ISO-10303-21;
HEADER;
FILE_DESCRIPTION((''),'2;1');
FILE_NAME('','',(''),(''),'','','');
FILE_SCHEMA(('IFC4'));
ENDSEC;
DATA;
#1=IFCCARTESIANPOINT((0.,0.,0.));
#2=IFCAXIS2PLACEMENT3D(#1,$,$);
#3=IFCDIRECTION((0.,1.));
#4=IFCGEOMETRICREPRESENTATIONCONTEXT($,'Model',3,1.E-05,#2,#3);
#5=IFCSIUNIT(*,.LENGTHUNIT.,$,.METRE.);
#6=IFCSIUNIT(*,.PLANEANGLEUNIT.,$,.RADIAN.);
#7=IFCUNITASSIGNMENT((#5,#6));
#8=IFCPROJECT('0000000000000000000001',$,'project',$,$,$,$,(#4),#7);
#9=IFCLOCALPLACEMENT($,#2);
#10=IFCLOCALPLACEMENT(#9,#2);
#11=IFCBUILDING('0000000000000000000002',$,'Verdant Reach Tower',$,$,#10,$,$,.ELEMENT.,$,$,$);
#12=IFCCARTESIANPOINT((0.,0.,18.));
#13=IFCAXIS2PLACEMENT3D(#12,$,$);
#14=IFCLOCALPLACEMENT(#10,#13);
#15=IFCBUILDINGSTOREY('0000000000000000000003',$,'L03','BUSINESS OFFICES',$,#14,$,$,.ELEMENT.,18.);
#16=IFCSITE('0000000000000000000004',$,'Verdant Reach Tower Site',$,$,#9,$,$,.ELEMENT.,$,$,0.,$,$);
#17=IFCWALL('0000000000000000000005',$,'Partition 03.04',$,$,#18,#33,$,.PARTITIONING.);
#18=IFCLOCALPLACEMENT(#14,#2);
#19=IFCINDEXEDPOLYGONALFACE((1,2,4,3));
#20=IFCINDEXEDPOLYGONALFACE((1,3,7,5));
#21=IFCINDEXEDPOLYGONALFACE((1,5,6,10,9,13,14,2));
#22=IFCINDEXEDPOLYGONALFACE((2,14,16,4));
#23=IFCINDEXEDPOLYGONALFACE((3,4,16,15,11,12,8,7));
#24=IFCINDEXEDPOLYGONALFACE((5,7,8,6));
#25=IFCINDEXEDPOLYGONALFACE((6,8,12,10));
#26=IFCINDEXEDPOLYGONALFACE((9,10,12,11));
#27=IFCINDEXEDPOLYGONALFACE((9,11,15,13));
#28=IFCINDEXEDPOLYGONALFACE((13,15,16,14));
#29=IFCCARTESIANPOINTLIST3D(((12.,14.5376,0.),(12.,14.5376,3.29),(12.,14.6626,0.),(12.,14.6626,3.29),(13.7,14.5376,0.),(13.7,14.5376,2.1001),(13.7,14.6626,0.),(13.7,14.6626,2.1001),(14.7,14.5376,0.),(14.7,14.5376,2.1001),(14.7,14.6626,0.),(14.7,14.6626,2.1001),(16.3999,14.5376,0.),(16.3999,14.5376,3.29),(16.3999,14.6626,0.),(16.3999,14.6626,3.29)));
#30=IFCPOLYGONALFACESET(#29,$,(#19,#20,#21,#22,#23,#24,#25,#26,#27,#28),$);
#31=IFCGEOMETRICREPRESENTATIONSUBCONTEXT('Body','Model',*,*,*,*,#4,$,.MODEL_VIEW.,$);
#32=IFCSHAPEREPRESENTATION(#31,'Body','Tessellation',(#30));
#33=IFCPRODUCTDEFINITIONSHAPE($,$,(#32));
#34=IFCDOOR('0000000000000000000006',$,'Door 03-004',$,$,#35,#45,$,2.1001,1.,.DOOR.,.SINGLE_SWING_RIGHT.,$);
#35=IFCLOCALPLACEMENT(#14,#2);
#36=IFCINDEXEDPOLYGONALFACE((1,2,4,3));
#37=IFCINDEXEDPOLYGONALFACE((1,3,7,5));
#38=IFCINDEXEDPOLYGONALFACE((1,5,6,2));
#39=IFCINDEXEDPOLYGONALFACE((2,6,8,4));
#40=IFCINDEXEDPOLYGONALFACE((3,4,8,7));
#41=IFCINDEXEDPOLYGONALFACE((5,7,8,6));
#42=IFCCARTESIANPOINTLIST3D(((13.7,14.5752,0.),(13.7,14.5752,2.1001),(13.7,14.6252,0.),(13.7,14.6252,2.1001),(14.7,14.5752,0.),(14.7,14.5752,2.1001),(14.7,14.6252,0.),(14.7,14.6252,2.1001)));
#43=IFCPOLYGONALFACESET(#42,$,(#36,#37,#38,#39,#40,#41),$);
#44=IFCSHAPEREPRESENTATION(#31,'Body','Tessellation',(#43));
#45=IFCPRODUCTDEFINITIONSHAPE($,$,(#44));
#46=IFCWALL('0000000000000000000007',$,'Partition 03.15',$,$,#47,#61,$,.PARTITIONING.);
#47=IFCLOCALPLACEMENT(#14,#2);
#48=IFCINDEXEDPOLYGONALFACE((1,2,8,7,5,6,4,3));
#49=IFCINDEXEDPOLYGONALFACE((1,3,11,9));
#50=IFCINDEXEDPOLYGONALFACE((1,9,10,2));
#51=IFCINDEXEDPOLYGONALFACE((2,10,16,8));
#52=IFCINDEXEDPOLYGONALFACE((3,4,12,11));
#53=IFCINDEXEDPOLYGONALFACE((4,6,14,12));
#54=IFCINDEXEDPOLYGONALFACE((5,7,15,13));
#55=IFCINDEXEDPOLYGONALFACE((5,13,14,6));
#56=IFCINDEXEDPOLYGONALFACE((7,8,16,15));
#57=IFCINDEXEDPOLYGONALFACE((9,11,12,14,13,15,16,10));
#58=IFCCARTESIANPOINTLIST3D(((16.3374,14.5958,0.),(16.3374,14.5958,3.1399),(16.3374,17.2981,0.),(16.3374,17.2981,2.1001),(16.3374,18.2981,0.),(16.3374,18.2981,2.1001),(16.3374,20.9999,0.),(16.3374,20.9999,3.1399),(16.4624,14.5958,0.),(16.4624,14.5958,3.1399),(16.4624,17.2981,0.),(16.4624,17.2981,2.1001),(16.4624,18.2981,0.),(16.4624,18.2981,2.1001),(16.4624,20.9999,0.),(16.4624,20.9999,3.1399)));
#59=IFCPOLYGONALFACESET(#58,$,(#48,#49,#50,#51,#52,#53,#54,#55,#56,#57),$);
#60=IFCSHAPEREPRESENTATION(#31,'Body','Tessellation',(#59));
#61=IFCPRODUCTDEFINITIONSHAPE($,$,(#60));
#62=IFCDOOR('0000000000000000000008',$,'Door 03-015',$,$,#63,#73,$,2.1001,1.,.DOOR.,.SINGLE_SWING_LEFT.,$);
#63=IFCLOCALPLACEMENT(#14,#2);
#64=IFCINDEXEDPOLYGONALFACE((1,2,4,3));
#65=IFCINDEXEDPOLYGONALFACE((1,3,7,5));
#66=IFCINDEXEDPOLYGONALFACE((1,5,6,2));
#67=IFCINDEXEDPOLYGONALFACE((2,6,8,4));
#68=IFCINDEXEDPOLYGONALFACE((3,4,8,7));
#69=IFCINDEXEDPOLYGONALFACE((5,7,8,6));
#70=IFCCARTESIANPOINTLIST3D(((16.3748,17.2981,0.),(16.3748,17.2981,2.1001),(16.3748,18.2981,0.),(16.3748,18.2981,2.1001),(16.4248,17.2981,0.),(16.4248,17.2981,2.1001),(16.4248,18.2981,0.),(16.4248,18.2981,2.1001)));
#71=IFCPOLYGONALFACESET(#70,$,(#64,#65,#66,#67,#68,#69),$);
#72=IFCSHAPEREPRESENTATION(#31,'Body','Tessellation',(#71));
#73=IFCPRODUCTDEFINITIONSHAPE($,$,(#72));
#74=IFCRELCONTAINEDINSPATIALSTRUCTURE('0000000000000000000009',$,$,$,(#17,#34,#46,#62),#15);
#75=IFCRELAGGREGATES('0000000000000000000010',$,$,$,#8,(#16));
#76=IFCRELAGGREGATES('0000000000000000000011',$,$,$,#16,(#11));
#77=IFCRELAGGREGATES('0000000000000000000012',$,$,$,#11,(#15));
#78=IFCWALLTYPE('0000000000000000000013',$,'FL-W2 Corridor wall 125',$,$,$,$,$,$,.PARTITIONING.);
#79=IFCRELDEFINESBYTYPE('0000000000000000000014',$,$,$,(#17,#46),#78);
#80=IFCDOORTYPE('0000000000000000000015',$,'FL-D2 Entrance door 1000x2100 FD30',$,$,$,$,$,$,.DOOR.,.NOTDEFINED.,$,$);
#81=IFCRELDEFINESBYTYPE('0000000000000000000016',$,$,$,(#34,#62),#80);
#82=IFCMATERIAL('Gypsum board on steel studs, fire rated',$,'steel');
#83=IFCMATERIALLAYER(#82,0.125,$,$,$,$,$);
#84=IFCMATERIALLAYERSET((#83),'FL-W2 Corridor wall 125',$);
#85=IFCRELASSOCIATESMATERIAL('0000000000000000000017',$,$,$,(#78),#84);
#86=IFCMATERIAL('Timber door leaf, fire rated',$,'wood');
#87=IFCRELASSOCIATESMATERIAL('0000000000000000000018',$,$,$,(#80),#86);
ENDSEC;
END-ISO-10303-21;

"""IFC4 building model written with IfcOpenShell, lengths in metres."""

from ifc_helpers import new_model, si_unit, direction, frame, frame_2d, origin, place, context, subcontext, project, spatial, rectangle, extrude, material, layer, layer_set, type_object, element, fill, save


model = new_model("IFC4")

# Units and contexts
model_context = context("Model", 3, precision=1e-05, world=origin(), true_north=direction((0.0, 1.0)))
body_context = subcontext(model_context, "Body", "Model", "MODEL_VIEW")
ifc_project = project(units=[si_unit("LENGTHUNIT", "METRE"), si_unit("PLANEANGLEUNIT", "RADIAN")], contexts=[model_context])

# Site, building, storey
site_placement = place(None, origin())
site = spatial("IfcSite", under=ifc_project, at=site_placement, Name="Verdant Reach Tower Site", CompositionType="ELEMENT", RefElevation=0.0)
building_placement = place(site_placement, origin())
building = spatial("IfcBuilding", under=site, at=building_placement, Name="Verdant Reach Tower", CompositionType="ELEMENT")
storey_placement = place(building_placement, frame((0.0, 0.0, 18.0)))
storey = spatial("IfcBuildingStorey", under=building, at=storey_placement, Name="L03", Description="BUSINESS OFFICES", CompositionType="ELEMENT", Elevation=18.0)

# Walls, openings, doors
ifc_material_1 = material(Name="Gypsum board on steel studs, fire rated", Category="steel")
ifc_layer_1 = layer(ifc_material_1, 0.125)
ifc_layer_set_1 = layer_set([ifc_layer_1], Name="FL-W2 Corridor wall 125")
wall_type_1 = type_object("IfcWallType", Name="FL-W2 Corridor wall 125", PredefinedType="PARTITIONING", material=ifc_layer_set_1)
wall_1_placement = place(storey_placement, frame((16.3999, 14.6001, 0.0), z_axis=(0.0, 0.0, 1.0), x_axis=(-1.0, 0.0, 0.0)))
wall_1 = element("IfcWall", 1, at=wall_1_placement, inside=storey, type_object=wall_type_1, Name="Partition 03.04", PredefinedType="PARTITIONING", context=body_context, shape_type="SweptSolid", body=[
    extrude(rectangle(XDim=4.3999, YDim=0.125, at=frame_2d((2.2, 0.0))), origin(), (0.0, 0.0, 1.0), 3.29),
])
opening_1_placement = place(wall_1_placement, frame((1.7, 0.0, 0.0)))
opening_1 = element("IfcOpeningElement", 2, at=opening_1_placement, cuts=wall_1, PredefinedType="OPENING", context=body_context, shape_type="SweptSolid", body=[
    extrude(rectangle(XDim=1.0, YDim=2.1001, at=frame_2d((0.5, 1.05))), frame((0.0, 0.0725, 0.0), z_axis=(0.0, -1.0, 0.0), x_axis=(1.0, 0.0, 0.0)), (0.0, 0.0, 1.0), 0.145),
])
ifc_material_2 = material(Name="Timber door leaf, fire rated", Category="wood")
door_type = type_object("IfcDoorType", Name="FL-D2 Entrance door 1000x2100 FD30", OperationType="NOTDEFINED", PredefinedType="DOOR", material=ifc_material_2)
door_1_placement = place(opening_1_placement, origin())
door_1 = element("IfcDoor", 3, at=door_1_placement, inside=storey, type_object=door_type, Name="Door 03-004", OperationType="SINGLE_SWING_RIGHT", OverallHeight=2.1001, OverallWidth=1.0, PredefinedType="DOOR", context=body_context, shape_type="SweptSolid", body=[
    extrude(rectangle(XDim=1.0, YDim=2.1001, at=frame_2d((0.5, 1.05))), frame((0.0, 0.0249, 0.0), z_axis=(0.0, -1.0, 0.0), x_axis=(1.0, 0.0, 0.0)), (0.0, 0.0, 1.0), 0.05),
])
fill(opening_1, door_1)
wall_2_placement = place(storey_placement, frame((16.3999, 21.0, 0.0), z_axis=(0.0, 0.0, 1.0), x_axis=(0.0, -1.0, 0.0)))
wall_2 = element("IfcWall", 4, at=wall_2_placement, inside=storey, type_object=wall_type_1, Name="Partition 03.15", PredefinedType="PARTITIONING", context=body_context, shape_type="SweptSolid", body=[
    extrude(rectangle(XDim=6.4041, YDim=0.125, at=frame_2d((3.2021, 0.0))), origin(), (0.0, 0.0, 1.0), 3.1399),
])
opening_2_placement = place(wall_2_placement, frame((2.7019, 0.0, 0.0)))
opening_2 = element("IfcOpeningElement", 5, at=opening_2_placement, cuts=wall_2, PredefinedType="OPENING", context=body_context, shape_type="SweptSolid", body=[
    extrude(rectangle(XDim=1.0, YDim=2.1001, at=frame_2d((0.5, 1.05))), frame((0.0, 0.0725, 0.0), z_axis=(0.0, -1.0, 0.0), x_axis=(1.0, 0.0, 0.0)), (0.0, 0.0, 1.0), 0.145),
])
door_2_placement = place(opening_2_placement, origin())
door_2 = element("IfcDoor", 6, at=door_2_placement, inside=storey, type_object=door_type, Name="Door 03-015", OperationType="SINGLE_SWING_LEFT", OverallHeight=2.1001, OverallWidth=1.0, PredefinedType="DOOR", context=body_context, shape_type="SweptSolid", body=[
    extrude(rectangle(XDim=1.0, YDim=2.1001, at=frame_2d((0.5, 1.05))), frame((0.0, 0.0249, 0.0), z_axis=(0.0, -1.0, 0.0), x_axis=(1.0, 0.0, 0.0)), (0.0, 0.0, 1.0), 0.05),
])
fill(opening_2, door_2)

save(model, "model.ifc")
